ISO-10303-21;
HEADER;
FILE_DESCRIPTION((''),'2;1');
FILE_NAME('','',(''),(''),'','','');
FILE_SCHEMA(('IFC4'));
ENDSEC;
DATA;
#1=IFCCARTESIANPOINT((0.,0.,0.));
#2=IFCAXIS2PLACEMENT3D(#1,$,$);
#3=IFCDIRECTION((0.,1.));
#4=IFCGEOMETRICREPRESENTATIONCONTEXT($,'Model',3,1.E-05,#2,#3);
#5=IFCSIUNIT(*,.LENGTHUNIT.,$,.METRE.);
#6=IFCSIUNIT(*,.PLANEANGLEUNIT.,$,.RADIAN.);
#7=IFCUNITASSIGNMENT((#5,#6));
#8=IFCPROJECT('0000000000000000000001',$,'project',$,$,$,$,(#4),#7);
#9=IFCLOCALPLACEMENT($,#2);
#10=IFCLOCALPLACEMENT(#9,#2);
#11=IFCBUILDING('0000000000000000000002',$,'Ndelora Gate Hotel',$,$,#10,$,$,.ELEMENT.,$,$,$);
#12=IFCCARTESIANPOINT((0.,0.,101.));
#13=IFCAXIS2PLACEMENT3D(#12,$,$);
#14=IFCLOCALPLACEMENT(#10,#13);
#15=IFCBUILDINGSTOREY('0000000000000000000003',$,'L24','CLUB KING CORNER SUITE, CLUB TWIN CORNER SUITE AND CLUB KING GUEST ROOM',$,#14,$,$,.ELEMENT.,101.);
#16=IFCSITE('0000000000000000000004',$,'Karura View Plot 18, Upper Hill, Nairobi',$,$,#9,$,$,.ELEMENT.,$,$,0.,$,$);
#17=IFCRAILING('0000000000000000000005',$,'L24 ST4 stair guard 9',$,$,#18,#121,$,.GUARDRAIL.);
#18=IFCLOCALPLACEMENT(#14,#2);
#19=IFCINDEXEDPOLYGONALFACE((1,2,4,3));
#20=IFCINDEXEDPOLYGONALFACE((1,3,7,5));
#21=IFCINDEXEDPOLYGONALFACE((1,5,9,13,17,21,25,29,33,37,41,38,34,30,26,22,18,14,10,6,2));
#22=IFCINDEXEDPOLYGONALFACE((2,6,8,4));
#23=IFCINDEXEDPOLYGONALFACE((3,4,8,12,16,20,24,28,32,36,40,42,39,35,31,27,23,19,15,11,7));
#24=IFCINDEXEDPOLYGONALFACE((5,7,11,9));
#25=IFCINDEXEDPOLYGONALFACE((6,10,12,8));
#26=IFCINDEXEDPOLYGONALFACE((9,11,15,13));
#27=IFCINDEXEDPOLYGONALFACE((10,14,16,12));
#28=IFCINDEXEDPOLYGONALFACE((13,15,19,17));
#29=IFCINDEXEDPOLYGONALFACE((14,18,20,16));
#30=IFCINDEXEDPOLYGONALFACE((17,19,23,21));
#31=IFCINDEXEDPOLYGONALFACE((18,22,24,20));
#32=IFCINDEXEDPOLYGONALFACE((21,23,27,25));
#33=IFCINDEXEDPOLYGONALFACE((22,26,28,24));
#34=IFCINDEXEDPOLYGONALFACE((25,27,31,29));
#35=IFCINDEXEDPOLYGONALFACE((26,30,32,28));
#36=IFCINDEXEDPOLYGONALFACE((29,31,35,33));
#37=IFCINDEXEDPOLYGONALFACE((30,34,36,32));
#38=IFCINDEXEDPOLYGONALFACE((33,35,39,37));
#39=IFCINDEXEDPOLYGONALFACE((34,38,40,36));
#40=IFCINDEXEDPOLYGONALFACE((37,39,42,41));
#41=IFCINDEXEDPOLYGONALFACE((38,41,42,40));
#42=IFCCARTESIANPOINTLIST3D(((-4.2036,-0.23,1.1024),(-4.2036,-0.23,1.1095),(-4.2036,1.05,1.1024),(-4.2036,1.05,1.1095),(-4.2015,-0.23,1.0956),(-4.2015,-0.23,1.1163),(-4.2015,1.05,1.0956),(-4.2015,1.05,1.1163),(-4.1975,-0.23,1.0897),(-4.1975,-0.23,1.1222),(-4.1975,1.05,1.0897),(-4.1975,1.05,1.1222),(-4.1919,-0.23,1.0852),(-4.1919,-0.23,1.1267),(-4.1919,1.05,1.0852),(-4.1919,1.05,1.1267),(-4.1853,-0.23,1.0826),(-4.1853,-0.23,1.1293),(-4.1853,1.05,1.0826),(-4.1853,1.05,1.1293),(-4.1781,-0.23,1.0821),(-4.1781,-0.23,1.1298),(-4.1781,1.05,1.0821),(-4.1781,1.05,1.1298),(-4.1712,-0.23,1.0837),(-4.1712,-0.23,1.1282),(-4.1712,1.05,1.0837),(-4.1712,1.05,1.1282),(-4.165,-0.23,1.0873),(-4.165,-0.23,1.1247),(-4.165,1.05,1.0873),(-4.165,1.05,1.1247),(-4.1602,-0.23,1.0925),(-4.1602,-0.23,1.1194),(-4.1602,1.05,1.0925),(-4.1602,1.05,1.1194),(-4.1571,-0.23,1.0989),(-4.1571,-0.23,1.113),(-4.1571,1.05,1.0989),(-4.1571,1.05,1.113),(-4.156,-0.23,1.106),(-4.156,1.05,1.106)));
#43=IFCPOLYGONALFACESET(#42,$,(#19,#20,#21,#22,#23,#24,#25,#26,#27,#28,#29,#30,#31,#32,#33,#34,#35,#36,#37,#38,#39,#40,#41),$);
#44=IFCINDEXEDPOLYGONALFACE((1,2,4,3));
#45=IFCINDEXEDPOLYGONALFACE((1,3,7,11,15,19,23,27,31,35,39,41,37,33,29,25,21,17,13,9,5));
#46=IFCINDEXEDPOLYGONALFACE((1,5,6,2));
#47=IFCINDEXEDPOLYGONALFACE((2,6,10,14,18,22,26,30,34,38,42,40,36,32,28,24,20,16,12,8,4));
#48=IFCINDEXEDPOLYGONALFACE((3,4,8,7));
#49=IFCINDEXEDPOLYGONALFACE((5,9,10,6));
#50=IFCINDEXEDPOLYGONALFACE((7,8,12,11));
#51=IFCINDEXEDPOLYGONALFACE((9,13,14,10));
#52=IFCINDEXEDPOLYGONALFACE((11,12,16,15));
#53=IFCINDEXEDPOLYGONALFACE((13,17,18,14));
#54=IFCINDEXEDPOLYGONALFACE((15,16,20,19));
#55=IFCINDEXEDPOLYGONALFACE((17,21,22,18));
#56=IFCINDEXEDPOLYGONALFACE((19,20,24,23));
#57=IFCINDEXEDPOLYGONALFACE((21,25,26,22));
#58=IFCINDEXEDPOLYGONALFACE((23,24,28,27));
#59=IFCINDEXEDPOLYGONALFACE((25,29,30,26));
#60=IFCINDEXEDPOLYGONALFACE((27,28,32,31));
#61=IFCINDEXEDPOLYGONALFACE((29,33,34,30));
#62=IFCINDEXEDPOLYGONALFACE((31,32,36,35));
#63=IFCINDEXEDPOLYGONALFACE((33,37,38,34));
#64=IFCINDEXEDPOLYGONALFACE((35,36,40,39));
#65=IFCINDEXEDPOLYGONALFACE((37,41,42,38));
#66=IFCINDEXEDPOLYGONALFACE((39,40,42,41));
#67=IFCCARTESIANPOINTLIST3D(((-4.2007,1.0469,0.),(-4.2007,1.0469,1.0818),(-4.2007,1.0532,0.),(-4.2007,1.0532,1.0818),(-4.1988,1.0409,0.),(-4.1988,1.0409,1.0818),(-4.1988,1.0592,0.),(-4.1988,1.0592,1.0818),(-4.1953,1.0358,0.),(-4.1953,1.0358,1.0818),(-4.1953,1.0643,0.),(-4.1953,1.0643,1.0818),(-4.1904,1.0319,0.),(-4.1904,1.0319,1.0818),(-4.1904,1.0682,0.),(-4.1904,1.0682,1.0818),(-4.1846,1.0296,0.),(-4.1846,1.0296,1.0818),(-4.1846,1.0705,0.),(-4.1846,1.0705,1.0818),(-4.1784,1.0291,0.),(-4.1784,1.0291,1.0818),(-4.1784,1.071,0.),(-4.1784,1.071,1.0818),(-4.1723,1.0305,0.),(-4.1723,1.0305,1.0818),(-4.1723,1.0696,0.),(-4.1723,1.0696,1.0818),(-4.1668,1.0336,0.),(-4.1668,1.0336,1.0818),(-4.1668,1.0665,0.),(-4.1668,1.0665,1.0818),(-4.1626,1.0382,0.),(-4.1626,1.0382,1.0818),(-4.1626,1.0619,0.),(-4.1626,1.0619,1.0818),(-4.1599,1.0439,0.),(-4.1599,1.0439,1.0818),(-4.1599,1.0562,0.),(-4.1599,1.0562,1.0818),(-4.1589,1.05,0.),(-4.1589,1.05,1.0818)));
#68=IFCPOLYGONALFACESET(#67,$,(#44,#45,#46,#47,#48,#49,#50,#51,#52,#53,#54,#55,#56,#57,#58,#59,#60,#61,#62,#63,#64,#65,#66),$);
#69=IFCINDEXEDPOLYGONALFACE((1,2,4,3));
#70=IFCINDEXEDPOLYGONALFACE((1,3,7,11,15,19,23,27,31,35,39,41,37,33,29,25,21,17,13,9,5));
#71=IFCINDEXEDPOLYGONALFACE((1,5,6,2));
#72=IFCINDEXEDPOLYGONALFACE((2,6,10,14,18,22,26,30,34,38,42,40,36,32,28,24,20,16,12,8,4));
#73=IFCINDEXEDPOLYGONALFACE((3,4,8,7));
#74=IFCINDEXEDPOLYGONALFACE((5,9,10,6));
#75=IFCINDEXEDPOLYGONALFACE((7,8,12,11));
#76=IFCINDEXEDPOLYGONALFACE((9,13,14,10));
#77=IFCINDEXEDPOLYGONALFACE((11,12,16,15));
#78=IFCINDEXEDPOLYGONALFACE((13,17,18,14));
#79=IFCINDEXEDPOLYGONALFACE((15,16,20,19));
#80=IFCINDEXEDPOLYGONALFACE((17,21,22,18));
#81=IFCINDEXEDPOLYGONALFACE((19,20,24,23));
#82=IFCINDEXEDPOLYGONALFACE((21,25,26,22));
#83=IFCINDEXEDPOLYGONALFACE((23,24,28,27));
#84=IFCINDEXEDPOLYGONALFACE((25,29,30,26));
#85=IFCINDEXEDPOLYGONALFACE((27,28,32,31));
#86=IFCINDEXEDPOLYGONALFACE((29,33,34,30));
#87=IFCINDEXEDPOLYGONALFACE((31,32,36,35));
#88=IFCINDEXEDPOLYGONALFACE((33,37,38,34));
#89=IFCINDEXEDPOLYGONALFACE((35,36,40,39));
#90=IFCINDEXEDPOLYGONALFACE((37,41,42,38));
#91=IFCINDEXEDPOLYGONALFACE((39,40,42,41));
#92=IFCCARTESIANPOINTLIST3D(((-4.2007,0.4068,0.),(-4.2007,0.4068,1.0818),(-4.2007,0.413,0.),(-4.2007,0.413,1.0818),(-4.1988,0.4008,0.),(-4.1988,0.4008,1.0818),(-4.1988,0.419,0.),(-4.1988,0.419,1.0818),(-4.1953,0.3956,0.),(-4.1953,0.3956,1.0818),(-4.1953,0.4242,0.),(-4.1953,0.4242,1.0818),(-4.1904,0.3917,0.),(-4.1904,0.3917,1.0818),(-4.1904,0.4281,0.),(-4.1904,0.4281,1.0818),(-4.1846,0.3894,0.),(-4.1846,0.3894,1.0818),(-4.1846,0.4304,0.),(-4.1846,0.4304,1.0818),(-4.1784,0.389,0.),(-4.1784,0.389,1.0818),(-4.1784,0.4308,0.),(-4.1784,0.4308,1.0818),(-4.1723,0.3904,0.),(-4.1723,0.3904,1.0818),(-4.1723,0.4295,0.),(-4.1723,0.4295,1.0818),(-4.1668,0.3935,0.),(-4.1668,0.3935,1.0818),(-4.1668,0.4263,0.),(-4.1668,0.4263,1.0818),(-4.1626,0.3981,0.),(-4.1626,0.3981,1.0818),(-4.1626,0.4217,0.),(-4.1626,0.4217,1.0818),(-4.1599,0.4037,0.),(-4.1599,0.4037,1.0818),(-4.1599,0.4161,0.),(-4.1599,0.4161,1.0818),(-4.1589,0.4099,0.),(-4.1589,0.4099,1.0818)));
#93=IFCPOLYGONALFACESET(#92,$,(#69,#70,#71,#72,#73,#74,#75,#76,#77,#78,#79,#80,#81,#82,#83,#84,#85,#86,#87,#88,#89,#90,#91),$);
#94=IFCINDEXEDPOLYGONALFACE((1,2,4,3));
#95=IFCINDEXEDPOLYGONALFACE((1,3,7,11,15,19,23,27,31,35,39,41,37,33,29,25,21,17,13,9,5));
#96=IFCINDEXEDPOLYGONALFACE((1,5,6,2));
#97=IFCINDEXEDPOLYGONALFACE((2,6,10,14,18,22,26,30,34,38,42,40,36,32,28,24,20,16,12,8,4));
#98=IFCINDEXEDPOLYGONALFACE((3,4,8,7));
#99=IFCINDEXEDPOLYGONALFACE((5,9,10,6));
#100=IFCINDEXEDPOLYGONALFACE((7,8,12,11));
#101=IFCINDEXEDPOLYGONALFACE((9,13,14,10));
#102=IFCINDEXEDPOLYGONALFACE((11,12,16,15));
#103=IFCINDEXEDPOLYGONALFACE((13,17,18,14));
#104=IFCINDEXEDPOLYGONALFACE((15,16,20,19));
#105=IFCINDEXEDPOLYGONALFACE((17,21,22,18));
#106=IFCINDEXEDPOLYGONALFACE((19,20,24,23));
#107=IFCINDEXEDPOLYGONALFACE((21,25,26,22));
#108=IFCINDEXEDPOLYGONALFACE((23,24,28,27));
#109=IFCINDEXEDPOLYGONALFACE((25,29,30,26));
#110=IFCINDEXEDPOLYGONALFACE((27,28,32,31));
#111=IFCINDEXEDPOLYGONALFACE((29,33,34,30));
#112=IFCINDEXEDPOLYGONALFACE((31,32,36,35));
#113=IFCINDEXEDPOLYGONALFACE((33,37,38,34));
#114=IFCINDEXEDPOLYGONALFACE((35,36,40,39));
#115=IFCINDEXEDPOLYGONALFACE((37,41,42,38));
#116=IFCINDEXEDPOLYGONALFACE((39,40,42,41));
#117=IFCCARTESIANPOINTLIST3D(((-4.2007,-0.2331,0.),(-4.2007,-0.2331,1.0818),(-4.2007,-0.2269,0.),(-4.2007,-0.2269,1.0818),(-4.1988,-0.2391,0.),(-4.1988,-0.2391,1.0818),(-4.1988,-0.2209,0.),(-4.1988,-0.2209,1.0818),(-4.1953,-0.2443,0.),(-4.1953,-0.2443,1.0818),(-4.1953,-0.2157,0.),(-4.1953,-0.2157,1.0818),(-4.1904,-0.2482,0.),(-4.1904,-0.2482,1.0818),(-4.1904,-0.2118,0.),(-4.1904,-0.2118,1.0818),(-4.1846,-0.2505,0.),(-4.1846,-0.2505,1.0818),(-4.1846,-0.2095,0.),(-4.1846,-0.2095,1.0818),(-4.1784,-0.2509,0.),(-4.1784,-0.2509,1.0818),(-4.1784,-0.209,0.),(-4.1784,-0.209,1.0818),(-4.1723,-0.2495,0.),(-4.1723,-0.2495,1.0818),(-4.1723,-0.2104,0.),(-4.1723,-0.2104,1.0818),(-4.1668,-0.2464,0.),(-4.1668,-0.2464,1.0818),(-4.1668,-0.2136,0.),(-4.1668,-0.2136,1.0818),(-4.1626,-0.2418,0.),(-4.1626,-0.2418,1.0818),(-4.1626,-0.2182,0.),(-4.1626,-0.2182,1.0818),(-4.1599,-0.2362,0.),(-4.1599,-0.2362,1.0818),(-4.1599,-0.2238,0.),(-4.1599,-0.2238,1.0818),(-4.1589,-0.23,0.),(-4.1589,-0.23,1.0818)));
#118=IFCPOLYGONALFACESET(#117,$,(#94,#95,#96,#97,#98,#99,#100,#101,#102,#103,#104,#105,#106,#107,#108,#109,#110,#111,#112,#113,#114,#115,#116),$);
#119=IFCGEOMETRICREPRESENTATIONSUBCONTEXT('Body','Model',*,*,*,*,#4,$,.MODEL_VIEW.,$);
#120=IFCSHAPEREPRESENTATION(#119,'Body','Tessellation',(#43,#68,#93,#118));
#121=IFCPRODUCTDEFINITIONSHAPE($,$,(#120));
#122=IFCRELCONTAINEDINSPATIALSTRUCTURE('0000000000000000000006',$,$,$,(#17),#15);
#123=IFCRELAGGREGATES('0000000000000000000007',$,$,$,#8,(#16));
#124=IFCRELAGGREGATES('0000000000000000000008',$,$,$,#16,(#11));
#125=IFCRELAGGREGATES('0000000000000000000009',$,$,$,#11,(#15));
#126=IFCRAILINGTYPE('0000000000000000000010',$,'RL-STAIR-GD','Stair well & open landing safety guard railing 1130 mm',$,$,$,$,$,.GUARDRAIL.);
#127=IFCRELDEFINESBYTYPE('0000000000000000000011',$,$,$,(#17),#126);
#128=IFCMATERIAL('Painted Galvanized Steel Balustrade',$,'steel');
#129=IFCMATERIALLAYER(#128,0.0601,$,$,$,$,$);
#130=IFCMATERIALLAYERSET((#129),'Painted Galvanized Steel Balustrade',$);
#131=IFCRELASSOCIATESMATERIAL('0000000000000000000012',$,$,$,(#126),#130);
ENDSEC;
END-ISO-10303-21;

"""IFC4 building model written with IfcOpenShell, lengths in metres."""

from ifc_helpers import new_model, si_unit, direction, frame, origin, origin_2d, place, context, subcontext, project, spatial, circle, extrude, material, layer, layer_set, type_object, element, save


model = new_model("IFC4")

# Units and contexts
model_context = context("Model", 3, precision=1e-05, world=origin(), true_north=direction((0.0, 1.0)))
body_context = subcontext(model_context, "Body", "Model", "MODEL_VIEW")
ifc_project = project(units=[si_unit("LENGTHUNIT", "METRE"), si_unit("PLANEANGLEUNIT", "RADIAN")], contexts=[model_context])

# Site, building, storey
site_placement = place(None, origin())
site = spatial("IfcSite", under=ifc_project, at=site_placement, Name="Karura View Plot 18, Upper Hill, Nairobi", CompositionType="ELEMENT", RefElevation=0.0)
building_placement = place(site_placement, origin())
building = spatial("IfcBuilding", under=site, at=building_placement, Name="Ndelora Gate Hotel", CompositionType="ELEMENT")
storey_placement = place(building_placement, frame((0.0, 0.0, 101.0)))
storey = spatial("IfcBuildingStorey", under=building, at=storey_placement, Name="L24", Description="CLUB KING CORNER SUITE, CLUB TWIN CORNER SUITE AND CLUB KING GUEST ROOM", CompositionType="ELEMENT", Elevation=101.0)

# Railing
ifc_material_1 = material(Name="Painted Galvanized Steel Balustrade", Category="steel")
ifc_layer_1 = layer(ifc_material_1, 0.0601)
ifc_layer_set_1 = layer_set([ifc_layer_1], Name="Painted Galvanized Steel Balustrade")
railing_type = type_object("IfcRailingType", Name="RL-STAIR-GD", Description="Stair well & open landing safety guard railing 1130 mm", PredefinedType="GUARDRAIL", material=ifc_layer_set_1)
for number, where, name in (
    (1, (-4.1799, 1.05, 0.0), "L24 ST4 stair guard 9"),
):
    element("IfcRailing", number, at=place(storey_placement, frame(where)), inside=storey, type_object=railing_type, Name=name, PredefinedType="GUARDRAIL", context=body_context, shape_type="SweptSolid", body=[
        extrude(circle(Radius=0.0239, at=origin_2d()), frame((0.0, 0.0, 1.106), z_axis=(0.0, -1.0, 0.0), x_axis=(1.0, 0.0, 0.0)), (0.0, 0.0, 1.0), 1.28),
        extrude(circle(Radius=0.021, at=origin_2d()), origin(), (0.0, 0.0, 1.0), 1.0818),
        extrude(circle(Radius=0.021, at=origin_2d()), frame((0.0, -0.6401, 0.0)), (0.0, 0.0, 1.0), 1.0818),
        extrude(circle(Radius=0.021, at=origin_2d()), frame((0.0, -1.28, 0.0)), (0.0, 0.0, 1.0), 1.0818),
    ])

save(model, "model.ifc")
